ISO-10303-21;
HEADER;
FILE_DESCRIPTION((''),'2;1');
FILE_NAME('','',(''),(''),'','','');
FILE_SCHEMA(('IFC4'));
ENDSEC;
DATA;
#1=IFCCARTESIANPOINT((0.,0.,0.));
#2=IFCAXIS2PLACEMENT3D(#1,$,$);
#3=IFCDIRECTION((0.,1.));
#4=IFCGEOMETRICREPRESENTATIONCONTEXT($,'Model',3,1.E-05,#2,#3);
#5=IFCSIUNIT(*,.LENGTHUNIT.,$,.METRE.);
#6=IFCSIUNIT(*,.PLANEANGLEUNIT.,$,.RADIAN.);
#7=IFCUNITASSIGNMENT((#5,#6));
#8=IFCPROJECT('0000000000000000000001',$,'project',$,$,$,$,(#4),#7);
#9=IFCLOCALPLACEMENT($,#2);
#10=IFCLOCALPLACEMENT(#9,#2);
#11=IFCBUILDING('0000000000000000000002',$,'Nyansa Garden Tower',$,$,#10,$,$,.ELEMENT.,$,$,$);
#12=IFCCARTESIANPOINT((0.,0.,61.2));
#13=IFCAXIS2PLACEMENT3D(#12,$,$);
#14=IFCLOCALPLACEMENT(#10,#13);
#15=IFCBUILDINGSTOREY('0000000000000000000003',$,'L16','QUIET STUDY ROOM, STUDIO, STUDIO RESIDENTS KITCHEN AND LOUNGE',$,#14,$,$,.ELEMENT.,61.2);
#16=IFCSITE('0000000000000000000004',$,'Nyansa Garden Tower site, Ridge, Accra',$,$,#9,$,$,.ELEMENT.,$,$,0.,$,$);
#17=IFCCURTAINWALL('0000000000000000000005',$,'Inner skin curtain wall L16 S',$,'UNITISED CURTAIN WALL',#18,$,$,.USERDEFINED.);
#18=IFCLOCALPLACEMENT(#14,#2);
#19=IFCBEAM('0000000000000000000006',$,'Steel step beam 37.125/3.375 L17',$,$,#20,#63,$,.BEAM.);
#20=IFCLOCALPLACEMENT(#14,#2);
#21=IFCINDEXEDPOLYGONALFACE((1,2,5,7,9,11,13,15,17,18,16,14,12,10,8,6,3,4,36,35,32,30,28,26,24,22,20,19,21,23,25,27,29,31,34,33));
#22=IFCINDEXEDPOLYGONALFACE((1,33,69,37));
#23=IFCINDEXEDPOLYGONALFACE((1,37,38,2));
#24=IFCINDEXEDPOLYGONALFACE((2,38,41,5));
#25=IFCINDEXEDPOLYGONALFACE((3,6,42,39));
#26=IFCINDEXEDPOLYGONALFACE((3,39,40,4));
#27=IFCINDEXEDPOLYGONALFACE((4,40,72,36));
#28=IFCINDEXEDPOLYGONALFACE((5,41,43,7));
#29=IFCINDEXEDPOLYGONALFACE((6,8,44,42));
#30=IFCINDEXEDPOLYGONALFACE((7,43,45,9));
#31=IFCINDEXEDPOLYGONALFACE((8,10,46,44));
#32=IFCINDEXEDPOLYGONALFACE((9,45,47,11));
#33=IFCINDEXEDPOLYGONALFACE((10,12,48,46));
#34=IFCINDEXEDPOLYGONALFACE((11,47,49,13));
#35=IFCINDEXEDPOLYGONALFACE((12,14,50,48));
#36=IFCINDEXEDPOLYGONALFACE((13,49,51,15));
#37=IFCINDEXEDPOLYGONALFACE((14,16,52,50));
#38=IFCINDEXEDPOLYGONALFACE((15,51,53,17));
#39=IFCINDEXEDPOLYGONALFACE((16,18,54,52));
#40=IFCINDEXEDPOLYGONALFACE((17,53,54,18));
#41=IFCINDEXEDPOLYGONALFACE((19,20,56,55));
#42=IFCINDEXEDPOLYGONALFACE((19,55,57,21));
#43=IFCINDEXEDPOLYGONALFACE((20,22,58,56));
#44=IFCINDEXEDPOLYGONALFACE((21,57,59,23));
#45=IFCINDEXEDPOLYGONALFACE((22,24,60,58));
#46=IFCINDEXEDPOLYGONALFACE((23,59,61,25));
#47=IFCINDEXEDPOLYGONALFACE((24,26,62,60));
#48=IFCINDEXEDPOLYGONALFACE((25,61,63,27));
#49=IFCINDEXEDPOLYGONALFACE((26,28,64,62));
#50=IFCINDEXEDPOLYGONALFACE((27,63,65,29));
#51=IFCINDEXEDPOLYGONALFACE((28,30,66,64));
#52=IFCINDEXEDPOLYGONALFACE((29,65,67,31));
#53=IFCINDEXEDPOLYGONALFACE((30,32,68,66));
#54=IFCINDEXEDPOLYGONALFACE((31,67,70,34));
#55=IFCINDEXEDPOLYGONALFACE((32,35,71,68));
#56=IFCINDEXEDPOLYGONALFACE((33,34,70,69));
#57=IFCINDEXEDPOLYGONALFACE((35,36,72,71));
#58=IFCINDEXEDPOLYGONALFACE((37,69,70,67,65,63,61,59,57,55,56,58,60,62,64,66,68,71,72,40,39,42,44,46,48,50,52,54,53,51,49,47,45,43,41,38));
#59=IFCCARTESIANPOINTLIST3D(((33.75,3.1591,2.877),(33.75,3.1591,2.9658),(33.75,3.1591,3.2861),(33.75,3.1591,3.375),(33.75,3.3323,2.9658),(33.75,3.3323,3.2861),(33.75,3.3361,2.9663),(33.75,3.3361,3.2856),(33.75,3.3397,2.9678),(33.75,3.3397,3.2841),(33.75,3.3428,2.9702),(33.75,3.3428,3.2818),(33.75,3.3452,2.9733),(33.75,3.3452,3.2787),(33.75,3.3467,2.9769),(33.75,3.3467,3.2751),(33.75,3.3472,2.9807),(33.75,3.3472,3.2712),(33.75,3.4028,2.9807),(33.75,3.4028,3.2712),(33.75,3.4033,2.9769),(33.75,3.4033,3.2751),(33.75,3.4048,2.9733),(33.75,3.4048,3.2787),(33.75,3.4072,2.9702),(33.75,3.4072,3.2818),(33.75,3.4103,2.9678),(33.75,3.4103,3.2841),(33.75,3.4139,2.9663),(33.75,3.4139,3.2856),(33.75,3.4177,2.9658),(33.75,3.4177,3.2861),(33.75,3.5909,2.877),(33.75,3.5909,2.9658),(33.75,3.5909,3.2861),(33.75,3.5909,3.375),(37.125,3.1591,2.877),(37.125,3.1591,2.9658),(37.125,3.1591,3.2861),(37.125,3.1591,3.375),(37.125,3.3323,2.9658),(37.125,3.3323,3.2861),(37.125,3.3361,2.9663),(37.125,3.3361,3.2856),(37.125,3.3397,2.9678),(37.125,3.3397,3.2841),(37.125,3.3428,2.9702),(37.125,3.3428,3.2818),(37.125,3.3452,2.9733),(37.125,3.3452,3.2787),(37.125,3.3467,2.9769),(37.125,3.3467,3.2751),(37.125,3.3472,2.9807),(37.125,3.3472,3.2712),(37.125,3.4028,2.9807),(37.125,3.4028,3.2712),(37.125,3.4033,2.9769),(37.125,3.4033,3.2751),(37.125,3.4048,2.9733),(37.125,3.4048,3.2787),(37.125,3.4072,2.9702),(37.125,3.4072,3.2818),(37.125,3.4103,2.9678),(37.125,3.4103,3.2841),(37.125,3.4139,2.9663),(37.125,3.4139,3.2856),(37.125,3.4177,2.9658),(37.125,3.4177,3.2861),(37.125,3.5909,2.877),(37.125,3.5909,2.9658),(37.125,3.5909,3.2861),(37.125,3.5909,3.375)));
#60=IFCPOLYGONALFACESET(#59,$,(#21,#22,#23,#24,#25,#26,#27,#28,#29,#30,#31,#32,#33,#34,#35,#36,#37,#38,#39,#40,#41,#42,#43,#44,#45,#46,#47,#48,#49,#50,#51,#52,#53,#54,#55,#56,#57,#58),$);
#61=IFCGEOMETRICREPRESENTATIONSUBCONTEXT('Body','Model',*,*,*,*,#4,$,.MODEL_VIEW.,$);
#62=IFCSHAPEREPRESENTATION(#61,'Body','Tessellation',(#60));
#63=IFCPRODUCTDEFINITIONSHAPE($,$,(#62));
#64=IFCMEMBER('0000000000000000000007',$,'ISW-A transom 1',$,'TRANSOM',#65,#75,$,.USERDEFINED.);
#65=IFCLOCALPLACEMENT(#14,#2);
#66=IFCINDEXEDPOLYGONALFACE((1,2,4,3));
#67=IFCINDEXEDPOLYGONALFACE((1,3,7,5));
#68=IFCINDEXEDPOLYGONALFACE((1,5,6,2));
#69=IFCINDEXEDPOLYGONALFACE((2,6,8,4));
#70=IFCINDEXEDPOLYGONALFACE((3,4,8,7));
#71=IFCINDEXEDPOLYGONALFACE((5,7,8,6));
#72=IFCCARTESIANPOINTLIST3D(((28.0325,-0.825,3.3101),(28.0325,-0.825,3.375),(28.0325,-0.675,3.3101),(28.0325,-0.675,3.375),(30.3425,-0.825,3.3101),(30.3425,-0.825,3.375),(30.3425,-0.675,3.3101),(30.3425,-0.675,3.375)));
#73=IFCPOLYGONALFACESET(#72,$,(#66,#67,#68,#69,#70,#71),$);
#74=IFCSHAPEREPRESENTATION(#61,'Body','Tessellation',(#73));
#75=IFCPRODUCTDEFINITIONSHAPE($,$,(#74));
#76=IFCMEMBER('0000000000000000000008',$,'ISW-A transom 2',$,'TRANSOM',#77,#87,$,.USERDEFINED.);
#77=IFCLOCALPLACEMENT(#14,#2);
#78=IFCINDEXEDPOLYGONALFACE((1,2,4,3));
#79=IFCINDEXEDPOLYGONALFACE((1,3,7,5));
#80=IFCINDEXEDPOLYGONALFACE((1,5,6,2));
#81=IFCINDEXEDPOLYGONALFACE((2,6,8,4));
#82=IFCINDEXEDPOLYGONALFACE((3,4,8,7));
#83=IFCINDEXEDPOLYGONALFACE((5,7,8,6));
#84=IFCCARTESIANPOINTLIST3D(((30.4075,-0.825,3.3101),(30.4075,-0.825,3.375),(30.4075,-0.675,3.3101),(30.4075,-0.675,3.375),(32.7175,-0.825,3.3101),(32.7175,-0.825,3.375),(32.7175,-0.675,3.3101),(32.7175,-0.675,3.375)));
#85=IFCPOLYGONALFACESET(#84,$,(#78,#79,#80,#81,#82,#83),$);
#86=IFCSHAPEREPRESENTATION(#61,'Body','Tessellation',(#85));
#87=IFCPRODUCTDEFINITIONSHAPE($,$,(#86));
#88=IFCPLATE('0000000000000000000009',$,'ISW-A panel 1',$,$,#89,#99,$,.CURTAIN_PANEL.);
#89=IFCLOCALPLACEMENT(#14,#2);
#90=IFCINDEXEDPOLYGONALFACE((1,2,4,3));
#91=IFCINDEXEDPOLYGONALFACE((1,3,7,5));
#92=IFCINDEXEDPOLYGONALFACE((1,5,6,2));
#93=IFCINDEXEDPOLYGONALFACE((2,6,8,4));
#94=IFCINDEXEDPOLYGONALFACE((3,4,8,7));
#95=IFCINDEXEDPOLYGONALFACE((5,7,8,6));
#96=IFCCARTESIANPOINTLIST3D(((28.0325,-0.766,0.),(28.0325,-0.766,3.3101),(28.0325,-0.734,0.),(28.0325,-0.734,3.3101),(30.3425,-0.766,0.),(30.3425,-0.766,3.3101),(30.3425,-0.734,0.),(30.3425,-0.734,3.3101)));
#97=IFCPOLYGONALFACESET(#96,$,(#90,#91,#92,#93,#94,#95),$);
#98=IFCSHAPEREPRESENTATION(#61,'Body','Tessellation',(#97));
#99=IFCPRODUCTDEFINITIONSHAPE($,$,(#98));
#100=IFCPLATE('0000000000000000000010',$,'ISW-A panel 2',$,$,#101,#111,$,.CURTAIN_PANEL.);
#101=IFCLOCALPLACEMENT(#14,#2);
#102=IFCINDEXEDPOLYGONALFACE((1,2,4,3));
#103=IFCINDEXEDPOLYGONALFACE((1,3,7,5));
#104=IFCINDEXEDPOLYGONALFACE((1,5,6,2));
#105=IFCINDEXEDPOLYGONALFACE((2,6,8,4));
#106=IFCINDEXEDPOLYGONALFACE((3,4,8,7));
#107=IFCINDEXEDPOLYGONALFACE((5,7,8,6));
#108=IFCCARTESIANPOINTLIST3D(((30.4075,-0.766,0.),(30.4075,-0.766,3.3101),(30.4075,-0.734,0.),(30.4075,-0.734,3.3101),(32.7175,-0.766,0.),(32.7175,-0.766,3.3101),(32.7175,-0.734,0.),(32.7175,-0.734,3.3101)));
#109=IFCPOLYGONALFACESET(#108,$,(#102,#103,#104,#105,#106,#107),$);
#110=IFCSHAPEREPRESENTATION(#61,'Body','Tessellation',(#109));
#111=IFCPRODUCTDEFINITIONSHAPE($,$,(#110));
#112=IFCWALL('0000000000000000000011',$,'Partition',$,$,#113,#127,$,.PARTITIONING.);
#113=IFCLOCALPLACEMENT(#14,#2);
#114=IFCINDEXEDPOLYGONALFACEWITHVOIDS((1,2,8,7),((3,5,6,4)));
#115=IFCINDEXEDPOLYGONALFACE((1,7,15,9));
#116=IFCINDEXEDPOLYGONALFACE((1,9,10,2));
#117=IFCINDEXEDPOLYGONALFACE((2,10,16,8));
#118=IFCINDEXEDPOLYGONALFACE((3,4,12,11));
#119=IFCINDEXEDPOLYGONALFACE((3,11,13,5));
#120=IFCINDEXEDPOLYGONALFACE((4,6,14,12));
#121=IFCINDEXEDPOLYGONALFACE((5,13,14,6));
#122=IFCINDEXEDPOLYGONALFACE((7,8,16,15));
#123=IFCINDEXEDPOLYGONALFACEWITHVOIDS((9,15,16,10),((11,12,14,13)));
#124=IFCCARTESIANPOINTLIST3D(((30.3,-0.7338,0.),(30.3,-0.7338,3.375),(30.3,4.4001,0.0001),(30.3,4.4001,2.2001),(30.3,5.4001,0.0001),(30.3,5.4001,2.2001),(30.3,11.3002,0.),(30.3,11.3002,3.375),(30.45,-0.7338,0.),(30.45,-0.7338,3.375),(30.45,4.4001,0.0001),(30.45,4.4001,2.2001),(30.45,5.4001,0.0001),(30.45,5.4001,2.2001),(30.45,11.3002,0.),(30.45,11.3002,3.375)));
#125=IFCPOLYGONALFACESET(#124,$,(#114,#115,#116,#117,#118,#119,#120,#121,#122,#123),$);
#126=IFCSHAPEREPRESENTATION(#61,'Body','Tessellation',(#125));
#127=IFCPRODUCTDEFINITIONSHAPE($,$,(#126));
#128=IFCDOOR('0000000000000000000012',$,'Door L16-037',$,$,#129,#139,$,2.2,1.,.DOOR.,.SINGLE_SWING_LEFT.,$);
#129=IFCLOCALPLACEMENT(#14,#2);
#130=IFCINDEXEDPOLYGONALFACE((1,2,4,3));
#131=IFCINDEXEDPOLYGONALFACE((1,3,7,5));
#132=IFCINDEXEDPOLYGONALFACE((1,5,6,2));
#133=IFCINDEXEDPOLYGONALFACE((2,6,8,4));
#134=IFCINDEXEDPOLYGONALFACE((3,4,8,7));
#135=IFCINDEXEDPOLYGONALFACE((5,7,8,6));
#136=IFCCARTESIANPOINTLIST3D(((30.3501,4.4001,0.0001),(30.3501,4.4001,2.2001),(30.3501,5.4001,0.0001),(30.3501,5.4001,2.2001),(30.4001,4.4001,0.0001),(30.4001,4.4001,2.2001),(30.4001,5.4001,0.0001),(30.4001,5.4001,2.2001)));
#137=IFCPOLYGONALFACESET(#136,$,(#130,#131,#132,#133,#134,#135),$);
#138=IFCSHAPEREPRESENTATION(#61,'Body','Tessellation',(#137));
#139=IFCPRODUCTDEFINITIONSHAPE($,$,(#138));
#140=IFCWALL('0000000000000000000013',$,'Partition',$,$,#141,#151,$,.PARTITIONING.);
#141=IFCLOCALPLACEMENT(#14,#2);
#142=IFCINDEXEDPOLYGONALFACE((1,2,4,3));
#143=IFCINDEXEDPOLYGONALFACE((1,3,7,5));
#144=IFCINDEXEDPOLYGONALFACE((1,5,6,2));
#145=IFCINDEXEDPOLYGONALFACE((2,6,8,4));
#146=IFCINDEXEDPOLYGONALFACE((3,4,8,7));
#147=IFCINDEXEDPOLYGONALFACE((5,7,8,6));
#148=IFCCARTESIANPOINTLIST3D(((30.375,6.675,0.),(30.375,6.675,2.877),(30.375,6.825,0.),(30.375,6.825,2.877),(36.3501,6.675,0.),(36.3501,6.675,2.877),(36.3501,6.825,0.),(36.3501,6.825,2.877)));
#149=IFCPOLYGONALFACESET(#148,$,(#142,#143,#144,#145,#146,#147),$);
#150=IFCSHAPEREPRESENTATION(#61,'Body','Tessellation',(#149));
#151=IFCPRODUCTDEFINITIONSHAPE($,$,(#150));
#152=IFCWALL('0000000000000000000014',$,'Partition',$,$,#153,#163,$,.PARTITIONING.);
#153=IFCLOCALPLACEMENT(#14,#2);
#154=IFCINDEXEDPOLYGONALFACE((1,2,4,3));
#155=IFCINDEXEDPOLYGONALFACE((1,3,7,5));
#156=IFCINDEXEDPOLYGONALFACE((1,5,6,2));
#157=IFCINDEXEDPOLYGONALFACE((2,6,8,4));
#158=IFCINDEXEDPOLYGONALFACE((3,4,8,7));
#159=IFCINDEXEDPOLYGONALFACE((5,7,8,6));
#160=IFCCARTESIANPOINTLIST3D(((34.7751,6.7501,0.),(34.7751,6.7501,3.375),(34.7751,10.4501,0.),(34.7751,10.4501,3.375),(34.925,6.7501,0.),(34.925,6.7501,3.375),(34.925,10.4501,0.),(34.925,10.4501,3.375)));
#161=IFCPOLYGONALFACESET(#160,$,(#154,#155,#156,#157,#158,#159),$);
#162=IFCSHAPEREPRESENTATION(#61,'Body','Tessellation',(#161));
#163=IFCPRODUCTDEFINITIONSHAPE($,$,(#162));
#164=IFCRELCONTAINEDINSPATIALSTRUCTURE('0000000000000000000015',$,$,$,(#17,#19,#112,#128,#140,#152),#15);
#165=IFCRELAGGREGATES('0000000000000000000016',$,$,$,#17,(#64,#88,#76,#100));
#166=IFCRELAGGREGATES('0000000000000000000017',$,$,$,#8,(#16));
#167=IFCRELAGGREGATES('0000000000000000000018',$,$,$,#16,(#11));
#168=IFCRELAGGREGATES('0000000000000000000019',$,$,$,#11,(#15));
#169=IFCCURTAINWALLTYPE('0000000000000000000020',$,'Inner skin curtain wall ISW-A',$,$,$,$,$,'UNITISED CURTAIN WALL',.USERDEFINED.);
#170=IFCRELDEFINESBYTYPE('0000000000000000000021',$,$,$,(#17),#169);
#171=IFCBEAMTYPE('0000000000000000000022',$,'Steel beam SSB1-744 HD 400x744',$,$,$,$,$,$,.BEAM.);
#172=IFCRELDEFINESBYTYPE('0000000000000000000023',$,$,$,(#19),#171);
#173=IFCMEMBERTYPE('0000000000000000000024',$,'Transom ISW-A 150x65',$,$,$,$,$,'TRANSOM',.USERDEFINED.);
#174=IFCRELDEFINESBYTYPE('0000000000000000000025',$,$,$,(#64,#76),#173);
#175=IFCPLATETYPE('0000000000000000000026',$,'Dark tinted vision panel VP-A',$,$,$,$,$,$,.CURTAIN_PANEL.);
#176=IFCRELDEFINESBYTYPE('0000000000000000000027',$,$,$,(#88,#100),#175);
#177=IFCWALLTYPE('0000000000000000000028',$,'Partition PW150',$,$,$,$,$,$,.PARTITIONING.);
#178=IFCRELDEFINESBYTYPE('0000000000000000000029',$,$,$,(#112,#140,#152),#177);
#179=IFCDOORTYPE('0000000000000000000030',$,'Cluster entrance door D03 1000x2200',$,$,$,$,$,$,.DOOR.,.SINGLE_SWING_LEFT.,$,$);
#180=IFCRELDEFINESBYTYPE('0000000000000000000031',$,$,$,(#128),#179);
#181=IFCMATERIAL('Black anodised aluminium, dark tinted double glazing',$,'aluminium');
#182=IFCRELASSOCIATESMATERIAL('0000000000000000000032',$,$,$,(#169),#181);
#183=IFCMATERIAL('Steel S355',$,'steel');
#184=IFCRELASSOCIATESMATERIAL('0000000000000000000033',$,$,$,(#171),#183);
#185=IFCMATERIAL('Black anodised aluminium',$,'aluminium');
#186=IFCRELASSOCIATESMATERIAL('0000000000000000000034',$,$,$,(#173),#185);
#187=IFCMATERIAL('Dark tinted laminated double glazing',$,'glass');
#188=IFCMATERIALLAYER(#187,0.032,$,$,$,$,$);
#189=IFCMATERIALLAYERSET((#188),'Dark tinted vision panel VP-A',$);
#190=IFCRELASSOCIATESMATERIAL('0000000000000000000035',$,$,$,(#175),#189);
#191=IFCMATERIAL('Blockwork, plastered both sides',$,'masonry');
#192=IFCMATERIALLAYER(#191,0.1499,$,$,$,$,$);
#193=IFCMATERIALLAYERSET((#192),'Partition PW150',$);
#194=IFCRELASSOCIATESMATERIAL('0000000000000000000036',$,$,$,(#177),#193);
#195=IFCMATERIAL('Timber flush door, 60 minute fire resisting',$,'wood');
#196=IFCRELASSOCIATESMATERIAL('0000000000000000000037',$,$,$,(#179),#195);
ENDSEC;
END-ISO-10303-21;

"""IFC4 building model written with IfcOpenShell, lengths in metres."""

from ifc_helpers import new_model, si_unit, direction, frame, frame_2d, origin, origin_2d, place, context, subcontext, project, spatial, rectangle, i_section, extrude, material, layer, layer_set, material_profile, profile_set, type_object, element, fill, aggregate, save


model = new_model("IFC4")

# Units and contexts
model_context = context("Model", 3, precision=1e-05, world=origin(), true_north=direction((0.0, 1.0)))
body_context = subcontext(model_context, "Body", "Model", "MODEL_VIEW")
ifc_project = project(units=[si_unit("LENGTHUNIT", "METRE"), si_unit("PLANEANGLEUNIT", "RADIAN")], contexts=[model_context])

# Site, building, storey
site_placement = place(None, origin())
site = spatial("IfcSite", under=ifc_project, at=site_placement, Name="Nyansa Garden Tower site, Ridge, Accra", CompositionType="ELEMENT", RefElevation=0.0)
building_placement = place(site_placement, origin())
building = spatial("IfcBuilding", under=site, at=building_placement, Name="Nyansa Garden Tower", CompositionType="ELEMENT")
storey_placement = place(building_placement, frame((0.0, 0.0, 61.2)))
storey = spatial("IfcBuildingStorey", under=building, at=storey_placement, Name="L16", Description="QUIET STUDY ROOM, STUDIO, STUDIO RESIDENTS KITCHEN AND LOUNGE", CompositionType="ELEMENT", Elevation=61.2)

# Curtain wall
ifc_material_1 = material(Name="Black anodised aluminium, dark tinted double glazing", Category="aluminium")
curtain_wall_type = type_object("IfcCurtainWallType", Name="Inner skin curtain wall ISW-A", ElementType="UNITISED CURTAIN WALL", PredefinedType="USERDEFINED", material=ifc_material_1)
curtain_wall_placement = place(storey_placement, origin())
curtain_wall = element("IfcCurtainWall", 1, at=curtain_wall_placement, inside=storey, type_object=curtain_wall_type, Name="Inner skin curtain wall L16 S", ObjectType="UNITISED CURTAIN WALL", PredefinedType="USERDEFINED")

# Beam
ifc_material_2 = material(Name="Steel S355", Category="steel")
ifc_material_profile_1 = material_profile(ifc_material_2, i_section(OverallWidth=0.4319, OverallDepth=0.498, WebThickness=0.0557, FlangeThickness=0.0889, FilletRadius=0.0149, at=origin_2d()), Name="HD 400x744")
ifc_profile_set_1 = profile_set([ifc_material_profile_1], Name="Steel S355")
beam_type_1 = type_object("IfcBeamType", Name="Steel beam SSB1-744 HD 400x744", PredefinedType="BEAM", material=ifc_profile_set_1)
for number, where, z_axis, x_axis, name in (
    (2, (37.125, 3.375, 3.126), (-1.0, 0.0, 0.0), (0.0, -1.0, 0.0), "Steel step beam 37.125/3.375 L17"),
):
    element("IfcBeam", number, at=place(storey_placement, frame(where, z_axis=z_axis, x_axis=x_axis)), inside=storey, type_object=beam_type_1, Name=name, PredefinedType="BEAM", context=body_context, shape_type="SweptSolid", body=[
        extrude(i_section(OverallWidth=0.4319, OverallDepth=0.498, WebThickness=0.0557, FlangeThickness=0.0889, FilletRadius=0.0149, at=origin_2d()), origin(), (0.0, 0.0, 1.0), 3.375),
    ])

# Members
ifc_material_3 = material(Name="Black anodised aluminium", Category="aluminium")
ifc_material_profile_2 = material_profile(ifc_material_3, rectangle(XDim=0.1499, YDim=0.0649, at=origin_2d()), Name="Transom 150x65")
ifc_profile_set_2 = profile_set([ifc_material_profile_2], Name="Black anodised aluminium")
member_type_1 = type_object("IfcMemberType", Name="Transom ISW-A 150x65", ElementType="TRANSOM", PredefinedType="USERDEFINED", material=ifc_profile_set_2)
member_1_placement = place(storey_placement, frame((28.0325, -0.75, 3.3425), z_axis=(1.0, 0.0, 0.0), x_axis=(0.0, 1.0, 0.0)))
member_1 = element("IfcMember", 3, at=member_1_placement, type_object=member_type_1, Name="ISW-A transom 1", ObjectType="TRANSOM", PredefinedType="USERDEFINED", context=body_context, shape_type="SweptSolid", body=[
    extrude(rectangle(XDim=0.1499, YDim=0.0649, at=origin_2d()), origin(), (0.0, 0.0, 1.0), 2.3101),
])
member_2_placement = place(storey_placement, frame((30.4075, -0.75, 3.3425), z_axis=(1.0, 0.0, 0.0), x_axis=(0.0, 1.0, 0.0)))
member_2 = element("IfcMember", 4, at=member_2_placement, type_object=member_type_1, Name="ISW-A transom 2", ObjectType="TRANSOM", PredefinedType="USERDEFINED", context=body_context, shape_type="SweptSolid", body=[
    extrude(rectangle(XDim=0.1499, YDim=0.0649, at=origin_2d()), origin(), (0.0, 0.0, 1.0), 2.3101),
])

# Plates
ifc_material_4 = material(Name="Dark tinted laminated double glazing", Category="glass")
ifc_layer_1 = layer(ifc_material_4, 0.032)
ifc_layer_set_1 = layer_set([ifc_layer_1], Name="Dark tinted vision panel VP-A")
plate_type = type_object("IfcPlateType", Name="Dark tinted vision panel VP-A", PredefinedType="CURTAIN_PANEL", material=ifc_layer_set_1)
plate_1_placement = place(storey_placement, frame((29.1875, -0.75, 0.0), z_axis=(0.0, 0.0, 1.0), x_axis=(1.0, 0.0, 0.0)))
plate_1 = element("IfcPlate", 5, at=plate_1_placement, type_object=plate_type, Name="ISW-A panel 1", PredefinedType="CURTAIN_PANEL", context=body_context, shape_type="SweptSolid", body=[
    extrude(rectangle(XDim=2.3101, YDim=0.032, at=origin_2d()), origin(), (0.0, 0.0, 1.0), 3.3101),
])
plate_2_placement = place(storey_placement, frame((31.5625, -0.75, 0.0), z_axis=(0.0, 0.0, 1.0), x_axis=(1.0, 0.0, 0.0)))
plate_2 = element("IfcPlate", 6, at=plate_2_placement, type_object=plate_type, Name="ISW-A panel 2", PredefinedType="CURTAIN_PANEL", context=body_context, shape_type="SweptSolid", body=[
    extrude(rectangle(XDim=2.3101, YDim=0.032, at=origin_2d()), origin(), (0.0, 0.0, 1.0), 3.3101),
])
aggregate(curtain_wall, [member_1, plate_1, member_2, plate_2])

# Wall, opening, door
ifc_material_5 = material(Name="Blockwork, plastered both sides", Category="masonry")
ifc_layer_2 = layer(ifc_material_5, 0.1499)
ifc_layer_set_2 = layer_set([ifc_layer_2], Name="Partition PW150")
wall_type_1 = type_object("IfcWallType", Name="Partition PW150", PredefinedType="PARTITIONING", material=ifc_layer_set_2)
wall_1_placement = place(storey_placement, frame((30.375, -0.7339, 0.0), z_axis=(0.0, 0.0, 1.0), x_axis=(0.0, 1.0, 0.0)))
wall_1 = element("IfcWall", 7, at=wall_1_placement, inside=storey, type_object=wall_type_1, Name="Partition", PredefinedType="PARTITIONING", context=body_context, shape_type="SweptSolid", body=[
    extrude(rectangle(XDim=12.0339, YDim=0.1499, at=frame_2d((6.0171, 0.0))), origin(), (0.0, 0.0, 1.0), 3.375),
])
opening_1_placement = place(wall_1_placement, frame((5.134, 0.0, 0.0)))
opening_1 = element("IfcOpeningElement", 8, at=opening_1_placement, cuts=wall_1, PredefinedType="OPENING", context=body_context, shape_type="SweptSolid", body=[
    extrude(rectangle(XDim=1.0, YDim=2.2, at=frame_2d((0.5, 1.1001))), frame((0.0, 0.085, 0.0), z_axis=(0.0, -1.0, 0.0), x_axis=(1.0, 0.0, 0.0)), (0.0, 0.0, 1.0), 0.1699),
])
ifc_material_6 = material(Name="Timber flush door, 60 minute fire resisting", Category="wood")
door_type_1 = type_object("IfcDoorType", Name="Cluster entrance door D03 1000x2200", OperationType="SINGLE_SWING_LEFT", PredefinedType="DOOR", material=ifc_material_6)
door_1_placement = place(opening_1_placement, origin())
door_1 = element("IfcDoor", 9, at=door_1_placement, inside=storey, type_object=door_type_1, Name="Door L16-037", OperationType="SINGLE_SWING_LEFT", OverallHeight=2.2, OverallWidth=1.0, PredefinedType="DOOR", context=body_context, shape_type="SweptSolid", body=[
    extrude(rectangle(XDim=1.0, YDim=2.2, at=frame_2d((0.5, 1.1001))), frame((0.0, 0.0249, 0.0), z_axis=(0.0, -1.0, 0.0), x_axis=(1.0, 0.0, 0.0)), (0.0, 0.0, 1.0), 0.05),
])
fill(opening_1, door_1)

# Walls
wall_2_placement = place(storey_placement, frame((30.375, 6.75, 0.0), z_axis=(0.0, 0.0, 1.0), x_axis=(1.0, 0.0, 0.0)))
element("IfcWall", 10, at=wall_2_placement, inside=storey, type_object=wall_type_1, Name="Partition", PredefinedType="PARTITIONING", context=body_context, shape_type="SweptSolid", body=[
    extrude(rectangle(XDim=5.9751, YDim=0.1499, at=frame_2d((2.9875, 0.0))), origin(), (0.0, 0.0, 1.0), 2.877),
])
wall_3_placement = place(storey_placement, frame((34.8501, 6.75, 0.0), z_axis=(0.0, 0.0, 1.0), x_axis=(0.0, 1.0, 0.0)))
element("IfcWall", 11, at=wall_3_placement, inside=storey, type_object=wall_type_1, Name="Partition", PredefinedType="PARTITIONING", context=body_context, shape_type="SweptSolid", body=[
    extrude(rectangle(XDim=3.7, YDim=0.1499, at=frame_2d((1.8501, 0.0))), origin(), (0.0, 0.0, 1.0), 3.375),
])

save(model, "model.ifc")
